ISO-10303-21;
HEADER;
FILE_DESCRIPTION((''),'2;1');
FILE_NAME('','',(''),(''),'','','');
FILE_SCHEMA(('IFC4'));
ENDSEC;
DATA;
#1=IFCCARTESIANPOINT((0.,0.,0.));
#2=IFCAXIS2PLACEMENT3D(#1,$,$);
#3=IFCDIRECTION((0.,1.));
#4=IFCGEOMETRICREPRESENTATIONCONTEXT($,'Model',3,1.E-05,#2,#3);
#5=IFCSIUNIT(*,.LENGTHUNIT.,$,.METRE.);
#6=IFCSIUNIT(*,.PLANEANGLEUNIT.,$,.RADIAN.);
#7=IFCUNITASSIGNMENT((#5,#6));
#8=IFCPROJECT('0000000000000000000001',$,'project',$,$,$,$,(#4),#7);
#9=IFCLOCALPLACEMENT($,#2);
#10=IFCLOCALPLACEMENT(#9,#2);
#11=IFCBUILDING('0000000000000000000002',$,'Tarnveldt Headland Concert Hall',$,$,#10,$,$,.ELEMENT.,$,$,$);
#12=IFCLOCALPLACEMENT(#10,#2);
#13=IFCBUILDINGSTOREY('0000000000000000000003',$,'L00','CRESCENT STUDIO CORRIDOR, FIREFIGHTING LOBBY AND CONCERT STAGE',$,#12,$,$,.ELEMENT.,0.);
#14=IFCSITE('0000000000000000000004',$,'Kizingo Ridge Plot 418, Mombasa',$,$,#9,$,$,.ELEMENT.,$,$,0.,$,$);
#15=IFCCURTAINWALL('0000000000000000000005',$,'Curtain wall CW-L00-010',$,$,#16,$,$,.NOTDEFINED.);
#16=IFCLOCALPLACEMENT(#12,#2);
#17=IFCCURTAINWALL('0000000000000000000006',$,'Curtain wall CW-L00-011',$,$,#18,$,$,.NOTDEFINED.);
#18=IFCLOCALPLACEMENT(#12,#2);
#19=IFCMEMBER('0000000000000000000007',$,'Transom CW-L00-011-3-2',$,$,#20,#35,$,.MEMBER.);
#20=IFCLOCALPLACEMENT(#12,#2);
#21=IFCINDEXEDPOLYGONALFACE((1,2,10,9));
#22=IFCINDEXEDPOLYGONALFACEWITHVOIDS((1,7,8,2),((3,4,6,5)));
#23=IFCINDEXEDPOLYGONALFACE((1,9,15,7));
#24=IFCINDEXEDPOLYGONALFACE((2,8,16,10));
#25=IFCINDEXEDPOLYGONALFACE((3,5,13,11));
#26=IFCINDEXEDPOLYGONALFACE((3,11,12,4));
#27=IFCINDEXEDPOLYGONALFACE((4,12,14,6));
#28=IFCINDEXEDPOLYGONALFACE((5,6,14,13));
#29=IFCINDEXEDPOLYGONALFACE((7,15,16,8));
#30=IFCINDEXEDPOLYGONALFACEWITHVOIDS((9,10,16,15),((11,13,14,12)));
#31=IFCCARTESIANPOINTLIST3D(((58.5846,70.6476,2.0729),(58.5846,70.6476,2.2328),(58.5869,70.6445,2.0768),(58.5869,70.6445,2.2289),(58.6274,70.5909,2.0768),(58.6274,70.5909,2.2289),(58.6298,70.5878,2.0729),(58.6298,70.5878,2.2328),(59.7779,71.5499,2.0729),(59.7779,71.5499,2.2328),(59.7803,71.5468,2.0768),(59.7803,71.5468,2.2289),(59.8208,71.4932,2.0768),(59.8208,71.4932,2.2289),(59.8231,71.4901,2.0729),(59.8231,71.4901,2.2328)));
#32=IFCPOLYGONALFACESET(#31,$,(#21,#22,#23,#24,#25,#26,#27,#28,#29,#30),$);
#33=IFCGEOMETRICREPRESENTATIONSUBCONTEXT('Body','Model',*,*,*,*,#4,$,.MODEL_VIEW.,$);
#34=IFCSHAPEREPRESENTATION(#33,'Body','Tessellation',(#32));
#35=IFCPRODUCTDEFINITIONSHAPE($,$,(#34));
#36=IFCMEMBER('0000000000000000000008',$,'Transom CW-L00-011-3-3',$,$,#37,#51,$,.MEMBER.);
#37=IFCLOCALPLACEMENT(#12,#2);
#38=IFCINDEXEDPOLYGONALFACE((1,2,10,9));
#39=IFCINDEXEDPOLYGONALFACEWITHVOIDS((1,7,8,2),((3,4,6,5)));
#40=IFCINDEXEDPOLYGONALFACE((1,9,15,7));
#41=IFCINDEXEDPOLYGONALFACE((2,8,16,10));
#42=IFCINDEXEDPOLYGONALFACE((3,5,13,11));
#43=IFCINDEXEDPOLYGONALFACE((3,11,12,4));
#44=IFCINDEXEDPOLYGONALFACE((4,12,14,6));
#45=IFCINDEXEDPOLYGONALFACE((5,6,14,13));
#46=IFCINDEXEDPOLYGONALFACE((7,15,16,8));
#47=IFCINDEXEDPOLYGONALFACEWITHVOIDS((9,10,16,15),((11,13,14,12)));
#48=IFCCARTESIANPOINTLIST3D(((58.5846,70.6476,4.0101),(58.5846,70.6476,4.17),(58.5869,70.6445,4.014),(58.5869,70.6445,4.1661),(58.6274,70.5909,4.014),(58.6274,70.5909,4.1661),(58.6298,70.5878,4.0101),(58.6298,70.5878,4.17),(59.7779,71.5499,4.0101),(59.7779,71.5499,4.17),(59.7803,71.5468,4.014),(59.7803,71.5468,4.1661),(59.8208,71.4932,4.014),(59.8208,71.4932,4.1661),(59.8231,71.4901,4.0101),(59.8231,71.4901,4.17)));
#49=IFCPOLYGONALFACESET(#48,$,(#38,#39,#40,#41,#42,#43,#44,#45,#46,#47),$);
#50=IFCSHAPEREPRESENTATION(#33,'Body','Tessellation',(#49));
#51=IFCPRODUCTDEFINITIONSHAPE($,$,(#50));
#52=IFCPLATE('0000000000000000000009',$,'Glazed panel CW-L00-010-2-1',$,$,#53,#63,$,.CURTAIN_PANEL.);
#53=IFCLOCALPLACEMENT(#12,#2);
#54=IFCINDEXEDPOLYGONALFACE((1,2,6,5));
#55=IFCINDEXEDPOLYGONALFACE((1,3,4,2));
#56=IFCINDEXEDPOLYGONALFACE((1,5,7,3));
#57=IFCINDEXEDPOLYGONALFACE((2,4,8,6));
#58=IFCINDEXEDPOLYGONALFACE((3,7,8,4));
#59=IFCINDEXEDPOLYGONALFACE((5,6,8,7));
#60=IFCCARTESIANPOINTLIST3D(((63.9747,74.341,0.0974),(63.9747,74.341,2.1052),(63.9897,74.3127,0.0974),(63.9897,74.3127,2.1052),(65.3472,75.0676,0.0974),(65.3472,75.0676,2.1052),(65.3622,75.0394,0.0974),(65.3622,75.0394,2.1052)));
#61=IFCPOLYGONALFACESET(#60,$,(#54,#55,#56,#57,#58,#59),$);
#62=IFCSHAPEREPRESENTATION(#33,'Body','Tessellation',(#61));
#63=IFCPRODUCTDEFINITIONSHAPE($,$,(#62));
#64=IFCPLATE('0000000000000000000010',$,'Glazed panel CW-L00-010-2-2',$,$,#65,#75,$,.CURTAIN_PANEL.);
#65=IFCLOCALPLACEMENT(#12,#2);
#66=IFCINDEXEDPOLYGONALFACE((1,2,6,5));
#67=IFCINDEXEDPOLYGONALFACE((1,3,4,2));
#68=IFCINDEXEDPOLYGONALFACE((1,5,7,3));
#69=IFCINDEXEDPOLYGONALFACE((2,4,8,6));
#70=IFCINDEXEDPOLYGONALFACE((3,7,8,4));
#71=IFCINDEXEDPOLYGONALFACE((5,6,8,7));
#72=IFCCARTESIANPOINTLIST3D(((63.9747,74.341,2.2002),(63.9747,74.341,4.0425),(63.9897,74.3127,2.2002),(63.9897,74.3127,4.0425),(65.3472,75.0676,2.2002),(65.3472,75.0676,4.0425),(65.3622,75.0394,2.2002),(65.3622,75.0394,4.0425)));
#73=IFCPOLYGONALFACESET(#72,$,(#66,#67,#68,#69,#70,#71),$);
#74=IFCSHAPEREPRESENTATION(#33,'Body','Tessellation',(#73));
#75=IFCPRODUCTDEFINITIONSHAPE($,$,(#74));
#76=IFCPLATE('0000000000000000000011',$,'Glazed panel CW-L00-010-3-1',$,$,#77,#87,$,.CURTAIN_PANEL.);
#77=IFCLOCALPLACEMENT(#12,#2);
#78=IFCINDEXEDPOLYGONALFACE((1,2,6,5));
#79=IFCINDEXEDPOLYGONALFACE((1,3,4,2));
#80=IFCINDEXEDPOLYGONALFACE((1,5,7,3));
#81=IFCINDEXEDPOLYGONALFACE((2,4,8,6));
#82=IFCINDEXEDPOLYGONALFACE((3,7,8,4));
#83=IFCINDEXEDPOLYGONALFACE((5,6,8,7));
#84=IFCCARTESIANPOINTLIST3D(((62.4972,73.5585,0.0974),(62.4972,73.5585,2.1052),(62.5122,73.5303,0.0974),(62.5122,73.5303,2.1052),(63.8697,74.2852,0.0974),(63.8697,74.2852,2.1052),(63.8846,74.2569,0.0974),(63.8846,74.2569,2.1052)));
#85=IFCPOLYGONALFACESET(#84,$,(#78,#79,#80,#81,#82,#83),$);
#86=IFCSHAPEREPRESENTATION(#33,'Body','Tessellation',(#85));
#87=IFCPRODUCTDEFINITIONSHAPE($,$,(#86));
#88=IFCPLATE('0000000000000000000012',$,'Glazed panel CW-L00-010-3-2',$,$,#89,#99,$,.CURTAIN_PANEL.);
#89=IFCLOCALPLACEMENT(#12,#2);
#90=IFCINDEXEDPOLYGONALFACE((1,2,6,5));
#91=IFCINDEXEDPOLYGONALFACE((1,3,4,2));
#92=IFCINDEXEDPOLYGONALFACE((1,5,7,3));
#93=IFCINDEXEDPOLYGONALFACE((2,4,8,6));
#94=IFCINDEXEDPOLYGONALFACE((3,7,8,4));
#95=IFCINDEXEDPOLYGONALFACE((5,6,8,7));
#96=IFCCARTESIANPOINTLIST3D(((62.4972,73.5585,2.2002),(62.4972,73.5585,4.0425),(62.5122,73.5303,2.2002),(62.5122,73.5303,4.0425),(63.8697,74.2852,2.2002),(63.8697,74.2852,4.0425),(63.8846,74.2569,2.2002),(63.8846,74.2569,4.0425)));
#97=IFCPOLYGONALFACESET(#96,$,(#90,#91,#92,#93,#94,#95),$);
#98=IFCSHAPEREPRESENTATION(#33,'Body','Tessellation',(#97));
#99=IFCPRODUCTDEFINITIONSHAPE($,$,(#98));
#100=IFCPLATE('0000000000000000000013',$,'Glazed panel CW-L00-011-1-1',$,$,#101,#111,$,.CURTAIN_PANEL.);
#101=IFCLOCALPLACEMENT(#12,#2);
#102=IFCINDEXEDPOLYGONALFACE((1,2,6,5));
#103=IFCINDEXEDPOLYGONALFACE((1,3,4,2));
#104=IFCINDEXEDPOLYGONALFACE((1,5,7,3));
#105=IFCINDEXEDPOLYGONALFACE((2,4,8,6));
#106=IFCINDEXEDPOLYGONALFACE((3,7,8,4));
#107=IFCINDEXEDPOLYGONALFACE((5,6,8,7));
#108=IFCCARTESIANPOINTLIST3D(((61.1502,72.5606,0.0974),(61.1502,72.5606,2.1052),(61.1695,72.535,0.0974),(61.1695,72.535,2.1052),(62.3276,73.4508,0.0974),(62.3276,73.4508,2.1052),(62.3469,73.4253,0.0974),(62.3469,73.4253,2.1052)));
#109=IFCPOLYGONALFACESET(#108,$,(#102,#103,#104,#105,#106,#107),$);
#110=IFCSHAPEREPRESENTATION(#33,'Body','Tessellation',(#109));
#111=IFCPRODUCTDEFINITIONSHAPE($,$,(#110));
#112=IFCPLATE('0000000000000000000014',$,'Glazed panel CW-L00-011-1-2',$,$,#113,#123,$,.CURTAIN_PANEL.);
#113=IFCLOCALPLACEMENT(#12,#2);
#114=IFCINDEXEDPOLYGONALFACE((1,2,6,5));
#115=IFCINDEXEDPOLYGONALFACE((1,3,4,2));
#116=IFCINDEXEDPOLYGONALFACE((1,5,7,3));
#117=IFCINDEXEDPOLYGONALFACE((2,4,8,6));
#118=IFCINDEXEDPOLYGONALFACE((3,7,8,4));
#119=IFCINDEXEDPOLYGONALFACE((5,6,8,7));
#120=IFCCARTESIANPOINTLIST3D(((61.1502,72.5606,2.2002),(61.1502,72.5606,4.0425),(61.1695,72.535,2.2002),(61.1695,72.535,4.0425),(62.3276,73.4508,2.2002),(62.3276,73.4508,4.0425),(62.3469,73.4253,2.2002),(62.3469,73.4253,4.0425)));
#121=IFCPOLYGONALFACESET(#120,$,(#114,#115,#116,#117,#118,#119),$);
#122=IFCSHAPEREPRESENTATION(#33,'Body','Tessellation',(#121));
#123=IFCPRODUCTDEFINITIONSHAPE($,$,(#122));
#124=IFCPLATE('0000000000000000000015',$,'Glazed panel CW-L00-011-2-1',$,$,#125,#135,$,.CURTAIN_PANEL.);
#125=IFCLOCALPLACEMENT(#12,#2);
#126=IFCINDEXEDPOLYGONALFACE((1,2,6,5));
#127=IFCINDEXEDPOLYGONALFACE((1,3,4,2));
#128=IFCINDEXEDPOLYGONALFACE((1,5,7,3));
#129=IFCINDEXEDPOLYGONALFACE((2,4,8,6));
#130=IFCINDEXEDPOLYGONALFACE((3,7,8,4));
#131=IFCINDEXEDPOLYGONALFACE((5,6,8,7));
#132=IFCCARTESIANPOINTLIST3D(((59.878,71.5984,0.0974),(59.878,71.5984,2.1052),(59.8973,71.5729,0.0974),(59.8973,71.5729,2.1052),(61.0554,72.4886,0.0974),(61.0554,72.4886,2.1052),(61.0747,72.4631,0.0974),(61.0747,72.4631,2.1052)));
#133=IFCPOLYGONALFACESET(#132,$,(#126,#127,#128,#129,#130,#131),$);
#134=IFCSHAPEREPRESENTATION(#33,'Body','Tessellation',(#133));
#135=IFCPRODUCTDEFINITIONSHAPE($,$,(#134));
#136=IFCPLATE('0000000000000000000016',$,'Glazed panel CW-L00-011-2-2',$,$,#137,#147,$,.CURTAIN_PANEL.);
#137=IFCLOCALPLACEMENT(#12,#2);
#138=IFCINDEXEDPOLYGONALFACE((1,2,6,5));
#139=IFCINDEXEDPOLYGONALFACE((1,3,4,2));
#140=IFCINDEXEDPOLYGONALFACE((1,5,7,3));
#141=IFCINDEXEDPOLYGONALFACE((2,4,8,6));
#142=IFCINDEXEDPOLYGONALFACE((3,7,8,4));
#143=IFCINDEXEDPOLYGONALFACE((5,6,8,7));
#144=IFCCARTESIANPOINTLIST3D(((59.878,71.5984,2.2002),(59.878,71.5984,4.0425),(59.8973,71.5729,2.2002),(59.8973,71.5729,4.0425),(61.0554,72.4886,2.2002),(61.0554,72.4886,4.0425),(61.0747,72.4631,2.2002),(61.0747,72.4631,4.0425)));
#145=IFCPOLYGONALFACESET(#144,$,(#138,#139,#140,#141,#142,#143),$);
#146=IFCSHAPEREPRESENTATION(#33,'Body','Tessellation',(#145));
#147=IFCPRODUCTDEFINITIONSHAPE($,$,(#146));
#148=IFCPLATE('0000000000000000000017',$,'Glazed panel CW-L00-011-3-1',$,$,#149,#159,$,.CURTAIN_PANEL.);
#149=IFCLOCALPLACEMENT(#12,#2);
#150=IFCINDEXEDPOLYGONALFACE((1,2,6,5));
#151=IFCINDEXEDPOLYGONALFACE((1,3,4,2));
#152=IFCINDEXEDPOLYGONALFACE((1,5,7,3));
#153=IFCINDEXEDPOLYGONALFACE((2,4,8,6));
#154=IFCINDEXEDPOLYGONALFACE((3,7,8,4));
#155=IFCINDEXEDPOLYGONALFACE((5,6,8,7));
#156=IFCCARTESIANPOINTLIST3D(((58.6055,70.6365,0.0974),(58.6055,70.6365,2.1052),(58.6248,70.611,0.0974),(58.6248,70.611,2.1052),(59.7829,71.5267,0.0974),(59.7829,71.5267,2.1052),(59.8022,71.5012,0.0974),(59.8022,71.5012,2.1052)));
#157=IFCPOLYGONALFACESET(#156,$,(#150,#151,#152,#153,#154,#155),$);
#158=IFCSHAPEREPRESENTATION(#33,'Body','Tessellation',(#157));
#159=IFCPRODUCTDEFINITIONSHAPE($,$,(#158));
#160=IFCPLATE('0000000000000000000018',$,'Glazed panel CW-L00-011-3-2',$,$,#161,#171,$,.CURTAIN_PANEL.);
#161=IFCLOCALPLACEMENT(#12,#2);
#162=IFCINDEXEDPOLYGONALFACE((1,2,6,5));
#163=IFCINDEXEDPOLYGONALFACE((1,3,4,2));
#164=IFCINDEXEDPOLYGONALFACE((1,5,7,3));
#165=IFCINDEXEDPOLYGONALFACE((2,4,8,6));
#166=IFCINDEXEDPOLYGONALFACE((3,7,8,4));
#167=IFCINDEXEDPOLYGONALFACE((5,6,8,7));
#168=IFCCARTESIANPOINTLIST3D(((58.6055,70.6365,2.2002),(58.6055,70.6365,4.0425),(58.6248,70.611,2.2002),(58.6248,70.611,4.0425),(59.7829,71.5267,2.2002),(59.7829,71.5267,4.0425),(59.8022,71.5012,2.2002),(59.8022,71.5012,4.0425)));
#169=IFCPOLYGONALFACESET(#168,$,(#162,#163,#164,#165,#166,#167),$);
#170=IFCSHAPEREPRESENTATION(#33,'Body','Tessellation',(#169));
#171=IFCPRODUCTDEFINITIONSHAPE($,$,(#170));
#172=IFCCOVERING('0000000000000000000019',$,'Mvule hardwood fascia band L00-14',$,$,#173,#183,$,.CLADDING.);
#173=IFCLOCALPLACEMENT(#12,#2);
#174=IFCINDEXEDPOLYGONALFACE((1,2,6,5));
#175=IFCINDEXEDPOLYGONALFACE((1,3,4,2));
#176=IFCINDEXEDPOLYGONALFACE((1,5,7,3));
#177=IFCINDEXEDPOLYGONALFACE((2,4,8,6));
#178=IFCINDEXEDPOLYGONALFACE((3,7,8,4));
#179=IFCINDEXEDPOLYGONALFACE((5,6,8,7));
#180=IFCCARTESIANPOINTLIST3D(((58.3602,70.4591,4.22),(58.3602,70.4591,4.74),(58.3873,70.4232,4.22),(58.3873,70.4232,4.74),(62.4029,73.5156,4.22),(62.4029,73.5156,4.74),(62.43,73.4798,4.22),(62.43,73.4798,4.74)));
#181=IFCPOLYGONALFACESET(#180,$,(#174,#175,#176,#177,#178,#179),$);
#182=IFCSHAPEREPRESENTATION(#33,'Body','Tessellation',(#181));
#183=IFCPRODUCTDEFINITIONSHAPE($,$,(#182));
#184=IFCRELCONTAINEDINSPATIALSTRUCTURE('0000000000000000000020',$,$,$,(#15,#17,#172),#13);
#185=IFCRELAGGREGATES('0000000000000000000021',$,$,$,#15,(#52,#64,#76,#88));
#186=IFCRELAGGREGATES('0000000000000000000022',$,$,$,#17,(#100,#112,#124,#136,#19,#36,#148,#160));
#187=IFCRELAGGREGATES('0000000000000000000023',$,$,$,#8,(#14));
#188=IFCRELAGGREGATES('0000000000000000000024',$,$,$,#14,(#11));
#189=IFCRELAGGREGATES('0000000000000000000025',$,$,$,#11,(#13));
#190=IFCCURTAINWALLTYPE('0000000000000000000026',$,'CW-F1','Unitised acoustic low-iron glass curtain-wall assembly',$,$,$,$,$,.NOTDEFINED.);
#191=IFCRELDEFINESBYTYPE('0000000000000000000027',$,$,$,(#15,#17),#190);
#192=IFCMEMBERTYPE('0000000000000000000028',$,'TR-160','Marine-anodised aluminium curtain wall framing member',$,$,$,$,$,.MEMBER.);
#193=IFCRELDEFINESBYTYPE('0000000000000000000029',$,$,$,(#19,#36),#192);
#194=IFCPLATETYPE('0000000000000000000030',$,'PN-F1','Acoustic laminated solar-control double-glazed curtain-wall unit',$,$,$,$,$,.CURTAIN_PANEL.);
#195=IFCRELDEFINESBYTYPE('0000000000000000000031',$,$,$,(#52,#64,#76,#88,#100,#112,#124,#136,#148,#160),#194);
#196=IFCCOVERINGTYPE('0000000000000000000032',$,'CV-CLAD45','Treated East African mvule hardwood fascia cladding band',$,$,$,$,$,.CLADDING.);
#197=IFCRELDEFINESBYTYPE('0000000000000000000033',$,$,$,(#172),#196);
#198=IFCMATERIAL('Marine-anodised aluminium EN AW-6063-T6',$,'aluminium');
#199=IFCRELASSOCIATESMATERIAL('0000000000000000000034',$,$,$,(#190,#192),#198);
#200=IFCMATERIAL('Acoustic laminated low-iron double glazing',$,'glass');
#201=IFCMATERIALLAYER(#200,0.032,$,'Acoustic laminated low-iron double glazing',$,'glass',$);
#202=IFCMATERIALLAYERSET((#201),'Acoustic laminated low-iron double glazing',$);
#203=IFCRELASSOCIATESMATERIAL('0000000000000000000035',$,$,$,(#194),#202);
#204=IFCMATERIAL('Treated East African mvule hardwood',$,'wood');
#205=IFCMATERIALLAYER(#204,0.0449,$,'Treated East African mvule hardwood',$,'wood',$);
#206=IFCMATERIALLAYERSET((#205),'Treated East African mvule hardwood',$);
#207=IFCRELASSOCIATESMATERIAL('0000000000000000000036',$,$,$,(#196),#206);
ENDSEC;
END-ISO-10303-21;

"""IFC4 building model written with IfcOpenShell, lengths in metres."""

from ifc_helpers import new_model, si_unit, direction, frame, frame_2d, origin, origin_2d, place, context, subcontext, project, spatial, rectangle, hollow_rectangle, extrude, material, layer, layer_set, material_profile, profile_set, type_object, element, aggregate, save


model = new_model("IFC4")

# Units and contexts
model_context = context("Model", 3, precision=1e-05, world=origin(), true_north=direction((0.0, 1.0)))
body_context = subcontext(model_context, "Body", "Model", "MODEL_VIEW")
ifc_project = project(units=[si_unit("LENGTHUNIT", "METRE"), si_unit("PLANEANGLEUNIT", "RADIAN")], contexts=[model_context])

# Site, building, storey
site_placement = place(None, origin())
site = spatial("IfcSite", under=ifc_project, at=site_placement, Name="Kizingo Ridge Plot 418, Mombasa", CompositionType="ELEMENT", RefElevation=0.0)
building_placement = place(site_placement, origin())
building = spatial("IfcBuilding", under=site, at=building_placement, Name="Tarnveldt Headland Concert Hall", CompositionType="ELEMENT")
storey_placement = place(building_placement, origin())
storey = spatial("IfcBuildingStorey", under=building, at=storey_placement, Name="L00", Description="CRESCENT STUDIO CORRIDOR, FIREFIGHTING LOBBY AND CONCERT STAGE", CompositionType="ELEMENT", Elevation=0.0)

# Curtain walls
ifc_material_1 = material(Name="Marine-anodised aluminium EN AW-6063-T6", Category="aluminium")
curtain_wall_type = type_object("IfcCurtainWallType", Name="CW-F1", Description="Unitised acoustic low-iron glass curtain-wall assembly", PredefinedType="NOTDEFINED", material=ifc_material_1)
curtain_wall_1_placement = place(storey_placement, origin())
curtain_wall_1 = element("IfcCurtainWall", 1, at=curtain_wall_1_placement, inside=storey, type_object=curtain_wall_type, Name="Curtain wall CW-L00-010", PredefinedType="NOTDEFINED")
curtain_wall_2_placement = place(storey_placement, origin())
curtain_wall_2 = element("IfcCurtainWall", 2, at=curtain_wall_2_placement, inside=storey, type_object=curtain_wall_type, Name="Curtain wall CW-L00-011", PredefinedType="NOTDEFINED")

# Members
ifc_material_profile_1 = material_profile(ifc_material_1, hollow_rectangle(XDim=0.075, YDim=0.1599, WallThickness=0.0039, at=origin_2d()), Name="ALU TRANSOM 75x160x4", Category="aluminium")
ifc_profile_set_1 = profile_set([ifc_material_profile_1], Name="Marine-anodised aluminium EN AW-6063-T6")
member_type_1 = type_object("IfcMemberType", Name="TR-160", Description="Marine-anodised aluminium curtain wall framing member", PredefinedType="MEMBER", material=ifc_profile_set_1)
member_1_placement = place(storey_placement, frame((59.8005, 71.52, 2.1528), z_axis=(-0.797644, -0.603129, 0.0), x_axis=(0.603129, -0.797644, 0.0)))
member_1 = element("IfcMember", 3, at=member_1_placement, type_object=member_type_1, Name="Transom CW-L00-011-3-2", PredefinedType="MEMBER", context=body_context, shape_type="SweptSolid", body=[
    extrude(hollow_rectangle(XDim=0.075, YDim=0.1599, WallThickness=0.0039, at=origin_2d()), origin(), (0.0, 0.0, 1.0), 1.4961),
])
member_2_placement = place(storey_placement, frame((59.8005, 71.52, 4.0901), z_axis=(-0.797644, -0.603129, 0.0), x_axis=(0.603129, -0.797644, 0.0)))
member_2 = element("IfcMember", 4, at=member_2_placement, type_object=member_type_1, Name="Transom CW-L00-011-3-3", PredefinedType="MEMBER", context=body_context, shape_type="SweptSolid", body=[
    extrude(hollow_rectangle(XDim=0.075, YDim=0.1599, WallThickness=0.0039, at=origin_2d()), origin(), (0.0, 0.0, 1.0), 1.4961),
])

# Plates
ifc_material_2 = material(Name="Acoustic laminated low-iron double glazing", Category="glass")
ifc_layer_1 = layer(ifc_material_2, 0.032, Name="Acoustic laminated low-iron double glazing", Category="glass")
ifc_layer_set_1 = layer_set([ifc_layer_1], Name="Acoustic laminated low-iron double glazing")
plate_type = type_object("IfcPlateType", Name="PN-F1", Description="Acoustic laminated solar-control double-glazed curtain-wall unit", PredefinedType="CURTAIN_PANEL", material=ifc_layer_set_1)
plate_1_placement = place(storey_placement, frame((64.6685, 74.6902, 0.0974), z_axis=(0.0, 0.0, 1.0), x_axis=(-0.883782, -0.467899, 0.0)))
plate_1 = element("IfcPlate", 5, at=plate_1_placement, type_object=plate_type, Name="Glazed panel CW-L00-010-2-1", PredefinedType="CURTAIN_PANEL", context=body_context, shape_type="SweptSolid", body=[
    extrude(rectangle(XDim=1.553, YDim=0.032, at=origin_2d()), origin(), (0.0, 0.0, 1.0), 2.0078),
])
plate_2_placement = place(storey_placement, frame((64.6685, 74.6902, 2.2002), z_axis=(0.0, 0.0, 1.0), x_axis=(-0.883782, -0.467899, 0.0)))
plate_2 = element("IfcPlate", 6, at=plate_2_placement, type_object=plate_type, Name="Glazed panel CW-L00-010-2-2", PredefinedType="CURTAIN_PANEL", context=body_context, shape_type="SweptSolid", body=[
    extrude(rectangle(XDim=1.553, YDim=0.032, at=origin_2d()), origin(), (0.0, 0.0, 1.0), 1.8423),
])
plate_3_placement = place(storey_placement, frame((63.1909, 73.9077, 0.0974), z_axis=(0.0, 0.0, 1.0), x_axis=(-0.883782, -0.467899, 0.0)))
plate_3 = element("IfcPlate", 7, at=plate_3_placement, type_object=plate_type, Name="Glazed panel CW-L00-010-3-1", PredefinedType="CURTAIN_PANEL", context=body_context, shape_type="SweptSolid", body=[
    extrude(rectangle(XDim=1.553, YDim=0.032, at=origin_2d()), origin(), (0.0, 0.0, 1.0), 2.0078),
])
plate_4_placement = place(storey_placement, frame((63.1909, 73.9077, 2.2002), z_axis=(0.0, 0.0, 1.0), x_axis=(-0.883782, -0.467899, 0.0)))
plate_4 = element("IfcPlate", 8, at=plate_4_placement, type_object=plate_type, Name="Glazed panel CW-L00-010-3-2", PredefinedType="CURTAIN_PANEL", context=body_context, shape_type="SweptSolid", body=[
    extrude(rectangle(XDim=1.553, YDim=0.032, at=origin_2d()), origin(), (0.0, 0.0, 1.0), 1.8423),
])
aggregate(curtain_wall_1, [plate_1, plate_2, plate_3, plate_4])
plate_5_placement = place(storey_placement, frame((61.7485, 72.9929, 0.0974), z_axis=(0.0, 0.0, 1.0), x_axis=(-0.797658, -0.603111, 0.0)))
plate_5 = element("IfcPlate", 9, at=plate_5_placement, type_object=plate_type, Name="Glazed panel CW-L00-011-1-1", PredefinedType="CURTAIN_PANEL", context=body_context, shape_type="SweptSolid", body=[
    extrude(rectangle(XDim=1.4761, YDim=0.032, at=origin_2d()), origin(), (0.0, 0.0, 1.0), 2.0078),
])
plate_6_placement = place(storey_placement, frame((61.7485, 72.9929, 2.2002), z_axis=(0.0, 0.0, 1.0), x_axis=(-0.797658, -0.603111, 0.0)))
plate_6 = element("IfcPlate", 10, at=plate_6_placement, type_object=plate_type, Name="Glazed panel CW-L00-011-1-2", PredefinedType="CURTAIN_PANEL", context=body_context, shape_type="SweptSolid", body=[
    extrude(rectangle(XDim=1.4761, YDim=0.032, at=origin_2d()), origin(), (0.0, 0.0, 1.0), 1.8423),
])
plate_7_placement = place(storey_placement, frame((60.4763, 72.0308, 0.0974), z_axis=(0.0, 0.0, 1.0), x_axis=(-0.797658, -0.603111, 0.0)))
plate_7 = element("IfcPlate", 11, at=plate_7_placement, type_object=plate_type, Name="Glazed panel CW-L00-011-2-1", PredefinedType="CURTAIN_PANEL", context=body_context, shape_type="SweptSolid", body=[
    extrude(rectangle(XDim=1.4761, YDim=0.032, at=origin_2d()), origin(), (0.0, 0.0, 1.0), 2.0078),
])
plate_8_placement = place(storey_placement, frame((60.4763, 72.0308, 2.2002), z_axis=(0.0, 0.0, 1.0), x_axis=(-0.797658, -0.603111, 0.0)))
plate_8 = element("IfcPlate", 12, at=plate_8_placement, type_object=plate_type, Name="Glazed panel CW-L00-011-2-2", PredefinedType="CURTAIN_PANEL", context=body_context, shape_type="SweptSolid", body=[
    extrude(rectangle(XDim=1.4761, YDim=0.032, at=origin_2d()), origin(), (0.0, 0.0, 1.0), 1.8423),
])
plate_9_placement = place(storey_placement, frame((59.2039, 71.0688, 0.0974), z_axis=(0.0, 0.0, 1.0), x_axis=(-0.797658, -0.603111, 0.0)))
plate_9 = element("IfcPlate", 13, at=plate_9_placement, type_object=plate_type, Name="Glazed panel CW-L00-011-3-1", PredefinedType="CURTAIN_PANEL", context=body_context, shape_type="SweptSolid", body=[
    extrude(rectangle(XDim=1.4761, YDim=0.032, at=origin_2d()), origin(), (0.0, 0.0, 1.0), 2.0078),
])
plate_10_placement = place(storey_placement, frame((59.2039, 71.0688, 2.2002), z_axis=(0.0, 0.0, 1.0), x_axis=(-0.797658, -0.603111, 0.0)))
plate_10 = element("IfcPlate", 14, at=plate_10_placement, type_object=plate_type, Name="Glazed panel CW-L00-011-3-2", PredefinedType="CURTAIN_PANEL", context=body_context, shape_type="SweptSolid", body=[
    extrude(rectangle(XDim=1.4761, YDim=0.032, at=origin_2d()), origin(), (0.0, 0.0, 1.0), 1.8423),
])
aggregate(curtain_wall_2, [plate_5, plate_6, plate_7, plate_8, member_1, member_2, plate_9, plate_10])

# Covering
ifc_material_3 = material(Name="Treated East African mvule hardwood", Category="wood")
ifc_layer_2 = layer(ifc_material_3, 0.0449, Name="Treated East African mvule hardwood", Category="wood")
ifc_layer_set_2 = layer_set([ifc_layer_2], Name="Treated East African mvule hardwood")
covering_type = type_object("IfcCoveringType", Name="CV-CLAD45", Description="Treated East African mvule hardwood fascia cladding band", PredefinedType="CLADDING", material=ifc_layer_set_2)
covering_placement = place(storey_placement, frame((62.4165, 73.4978, 4.22), z_axis=(0.0, 0.0, 1.0), x_axis=(-0.797664, -0.603102, 0.0)))
element("IfcCovering", 15, at=covering_placement, inside=storey, type_object=covering_type, Name="Mvule hardwood fascia band L00-14", PredefinedType="CLADDING", context=body_context, shape_type="SweptSolid", body=[
    extrude(rectangle(XDim=5.0681, YDim=0.0449, at=frame_2d((2.5342, 0.0))), origin(), (0.0, 0.0, 1.0), 0.52),
])

save(model, "model.ifc")
